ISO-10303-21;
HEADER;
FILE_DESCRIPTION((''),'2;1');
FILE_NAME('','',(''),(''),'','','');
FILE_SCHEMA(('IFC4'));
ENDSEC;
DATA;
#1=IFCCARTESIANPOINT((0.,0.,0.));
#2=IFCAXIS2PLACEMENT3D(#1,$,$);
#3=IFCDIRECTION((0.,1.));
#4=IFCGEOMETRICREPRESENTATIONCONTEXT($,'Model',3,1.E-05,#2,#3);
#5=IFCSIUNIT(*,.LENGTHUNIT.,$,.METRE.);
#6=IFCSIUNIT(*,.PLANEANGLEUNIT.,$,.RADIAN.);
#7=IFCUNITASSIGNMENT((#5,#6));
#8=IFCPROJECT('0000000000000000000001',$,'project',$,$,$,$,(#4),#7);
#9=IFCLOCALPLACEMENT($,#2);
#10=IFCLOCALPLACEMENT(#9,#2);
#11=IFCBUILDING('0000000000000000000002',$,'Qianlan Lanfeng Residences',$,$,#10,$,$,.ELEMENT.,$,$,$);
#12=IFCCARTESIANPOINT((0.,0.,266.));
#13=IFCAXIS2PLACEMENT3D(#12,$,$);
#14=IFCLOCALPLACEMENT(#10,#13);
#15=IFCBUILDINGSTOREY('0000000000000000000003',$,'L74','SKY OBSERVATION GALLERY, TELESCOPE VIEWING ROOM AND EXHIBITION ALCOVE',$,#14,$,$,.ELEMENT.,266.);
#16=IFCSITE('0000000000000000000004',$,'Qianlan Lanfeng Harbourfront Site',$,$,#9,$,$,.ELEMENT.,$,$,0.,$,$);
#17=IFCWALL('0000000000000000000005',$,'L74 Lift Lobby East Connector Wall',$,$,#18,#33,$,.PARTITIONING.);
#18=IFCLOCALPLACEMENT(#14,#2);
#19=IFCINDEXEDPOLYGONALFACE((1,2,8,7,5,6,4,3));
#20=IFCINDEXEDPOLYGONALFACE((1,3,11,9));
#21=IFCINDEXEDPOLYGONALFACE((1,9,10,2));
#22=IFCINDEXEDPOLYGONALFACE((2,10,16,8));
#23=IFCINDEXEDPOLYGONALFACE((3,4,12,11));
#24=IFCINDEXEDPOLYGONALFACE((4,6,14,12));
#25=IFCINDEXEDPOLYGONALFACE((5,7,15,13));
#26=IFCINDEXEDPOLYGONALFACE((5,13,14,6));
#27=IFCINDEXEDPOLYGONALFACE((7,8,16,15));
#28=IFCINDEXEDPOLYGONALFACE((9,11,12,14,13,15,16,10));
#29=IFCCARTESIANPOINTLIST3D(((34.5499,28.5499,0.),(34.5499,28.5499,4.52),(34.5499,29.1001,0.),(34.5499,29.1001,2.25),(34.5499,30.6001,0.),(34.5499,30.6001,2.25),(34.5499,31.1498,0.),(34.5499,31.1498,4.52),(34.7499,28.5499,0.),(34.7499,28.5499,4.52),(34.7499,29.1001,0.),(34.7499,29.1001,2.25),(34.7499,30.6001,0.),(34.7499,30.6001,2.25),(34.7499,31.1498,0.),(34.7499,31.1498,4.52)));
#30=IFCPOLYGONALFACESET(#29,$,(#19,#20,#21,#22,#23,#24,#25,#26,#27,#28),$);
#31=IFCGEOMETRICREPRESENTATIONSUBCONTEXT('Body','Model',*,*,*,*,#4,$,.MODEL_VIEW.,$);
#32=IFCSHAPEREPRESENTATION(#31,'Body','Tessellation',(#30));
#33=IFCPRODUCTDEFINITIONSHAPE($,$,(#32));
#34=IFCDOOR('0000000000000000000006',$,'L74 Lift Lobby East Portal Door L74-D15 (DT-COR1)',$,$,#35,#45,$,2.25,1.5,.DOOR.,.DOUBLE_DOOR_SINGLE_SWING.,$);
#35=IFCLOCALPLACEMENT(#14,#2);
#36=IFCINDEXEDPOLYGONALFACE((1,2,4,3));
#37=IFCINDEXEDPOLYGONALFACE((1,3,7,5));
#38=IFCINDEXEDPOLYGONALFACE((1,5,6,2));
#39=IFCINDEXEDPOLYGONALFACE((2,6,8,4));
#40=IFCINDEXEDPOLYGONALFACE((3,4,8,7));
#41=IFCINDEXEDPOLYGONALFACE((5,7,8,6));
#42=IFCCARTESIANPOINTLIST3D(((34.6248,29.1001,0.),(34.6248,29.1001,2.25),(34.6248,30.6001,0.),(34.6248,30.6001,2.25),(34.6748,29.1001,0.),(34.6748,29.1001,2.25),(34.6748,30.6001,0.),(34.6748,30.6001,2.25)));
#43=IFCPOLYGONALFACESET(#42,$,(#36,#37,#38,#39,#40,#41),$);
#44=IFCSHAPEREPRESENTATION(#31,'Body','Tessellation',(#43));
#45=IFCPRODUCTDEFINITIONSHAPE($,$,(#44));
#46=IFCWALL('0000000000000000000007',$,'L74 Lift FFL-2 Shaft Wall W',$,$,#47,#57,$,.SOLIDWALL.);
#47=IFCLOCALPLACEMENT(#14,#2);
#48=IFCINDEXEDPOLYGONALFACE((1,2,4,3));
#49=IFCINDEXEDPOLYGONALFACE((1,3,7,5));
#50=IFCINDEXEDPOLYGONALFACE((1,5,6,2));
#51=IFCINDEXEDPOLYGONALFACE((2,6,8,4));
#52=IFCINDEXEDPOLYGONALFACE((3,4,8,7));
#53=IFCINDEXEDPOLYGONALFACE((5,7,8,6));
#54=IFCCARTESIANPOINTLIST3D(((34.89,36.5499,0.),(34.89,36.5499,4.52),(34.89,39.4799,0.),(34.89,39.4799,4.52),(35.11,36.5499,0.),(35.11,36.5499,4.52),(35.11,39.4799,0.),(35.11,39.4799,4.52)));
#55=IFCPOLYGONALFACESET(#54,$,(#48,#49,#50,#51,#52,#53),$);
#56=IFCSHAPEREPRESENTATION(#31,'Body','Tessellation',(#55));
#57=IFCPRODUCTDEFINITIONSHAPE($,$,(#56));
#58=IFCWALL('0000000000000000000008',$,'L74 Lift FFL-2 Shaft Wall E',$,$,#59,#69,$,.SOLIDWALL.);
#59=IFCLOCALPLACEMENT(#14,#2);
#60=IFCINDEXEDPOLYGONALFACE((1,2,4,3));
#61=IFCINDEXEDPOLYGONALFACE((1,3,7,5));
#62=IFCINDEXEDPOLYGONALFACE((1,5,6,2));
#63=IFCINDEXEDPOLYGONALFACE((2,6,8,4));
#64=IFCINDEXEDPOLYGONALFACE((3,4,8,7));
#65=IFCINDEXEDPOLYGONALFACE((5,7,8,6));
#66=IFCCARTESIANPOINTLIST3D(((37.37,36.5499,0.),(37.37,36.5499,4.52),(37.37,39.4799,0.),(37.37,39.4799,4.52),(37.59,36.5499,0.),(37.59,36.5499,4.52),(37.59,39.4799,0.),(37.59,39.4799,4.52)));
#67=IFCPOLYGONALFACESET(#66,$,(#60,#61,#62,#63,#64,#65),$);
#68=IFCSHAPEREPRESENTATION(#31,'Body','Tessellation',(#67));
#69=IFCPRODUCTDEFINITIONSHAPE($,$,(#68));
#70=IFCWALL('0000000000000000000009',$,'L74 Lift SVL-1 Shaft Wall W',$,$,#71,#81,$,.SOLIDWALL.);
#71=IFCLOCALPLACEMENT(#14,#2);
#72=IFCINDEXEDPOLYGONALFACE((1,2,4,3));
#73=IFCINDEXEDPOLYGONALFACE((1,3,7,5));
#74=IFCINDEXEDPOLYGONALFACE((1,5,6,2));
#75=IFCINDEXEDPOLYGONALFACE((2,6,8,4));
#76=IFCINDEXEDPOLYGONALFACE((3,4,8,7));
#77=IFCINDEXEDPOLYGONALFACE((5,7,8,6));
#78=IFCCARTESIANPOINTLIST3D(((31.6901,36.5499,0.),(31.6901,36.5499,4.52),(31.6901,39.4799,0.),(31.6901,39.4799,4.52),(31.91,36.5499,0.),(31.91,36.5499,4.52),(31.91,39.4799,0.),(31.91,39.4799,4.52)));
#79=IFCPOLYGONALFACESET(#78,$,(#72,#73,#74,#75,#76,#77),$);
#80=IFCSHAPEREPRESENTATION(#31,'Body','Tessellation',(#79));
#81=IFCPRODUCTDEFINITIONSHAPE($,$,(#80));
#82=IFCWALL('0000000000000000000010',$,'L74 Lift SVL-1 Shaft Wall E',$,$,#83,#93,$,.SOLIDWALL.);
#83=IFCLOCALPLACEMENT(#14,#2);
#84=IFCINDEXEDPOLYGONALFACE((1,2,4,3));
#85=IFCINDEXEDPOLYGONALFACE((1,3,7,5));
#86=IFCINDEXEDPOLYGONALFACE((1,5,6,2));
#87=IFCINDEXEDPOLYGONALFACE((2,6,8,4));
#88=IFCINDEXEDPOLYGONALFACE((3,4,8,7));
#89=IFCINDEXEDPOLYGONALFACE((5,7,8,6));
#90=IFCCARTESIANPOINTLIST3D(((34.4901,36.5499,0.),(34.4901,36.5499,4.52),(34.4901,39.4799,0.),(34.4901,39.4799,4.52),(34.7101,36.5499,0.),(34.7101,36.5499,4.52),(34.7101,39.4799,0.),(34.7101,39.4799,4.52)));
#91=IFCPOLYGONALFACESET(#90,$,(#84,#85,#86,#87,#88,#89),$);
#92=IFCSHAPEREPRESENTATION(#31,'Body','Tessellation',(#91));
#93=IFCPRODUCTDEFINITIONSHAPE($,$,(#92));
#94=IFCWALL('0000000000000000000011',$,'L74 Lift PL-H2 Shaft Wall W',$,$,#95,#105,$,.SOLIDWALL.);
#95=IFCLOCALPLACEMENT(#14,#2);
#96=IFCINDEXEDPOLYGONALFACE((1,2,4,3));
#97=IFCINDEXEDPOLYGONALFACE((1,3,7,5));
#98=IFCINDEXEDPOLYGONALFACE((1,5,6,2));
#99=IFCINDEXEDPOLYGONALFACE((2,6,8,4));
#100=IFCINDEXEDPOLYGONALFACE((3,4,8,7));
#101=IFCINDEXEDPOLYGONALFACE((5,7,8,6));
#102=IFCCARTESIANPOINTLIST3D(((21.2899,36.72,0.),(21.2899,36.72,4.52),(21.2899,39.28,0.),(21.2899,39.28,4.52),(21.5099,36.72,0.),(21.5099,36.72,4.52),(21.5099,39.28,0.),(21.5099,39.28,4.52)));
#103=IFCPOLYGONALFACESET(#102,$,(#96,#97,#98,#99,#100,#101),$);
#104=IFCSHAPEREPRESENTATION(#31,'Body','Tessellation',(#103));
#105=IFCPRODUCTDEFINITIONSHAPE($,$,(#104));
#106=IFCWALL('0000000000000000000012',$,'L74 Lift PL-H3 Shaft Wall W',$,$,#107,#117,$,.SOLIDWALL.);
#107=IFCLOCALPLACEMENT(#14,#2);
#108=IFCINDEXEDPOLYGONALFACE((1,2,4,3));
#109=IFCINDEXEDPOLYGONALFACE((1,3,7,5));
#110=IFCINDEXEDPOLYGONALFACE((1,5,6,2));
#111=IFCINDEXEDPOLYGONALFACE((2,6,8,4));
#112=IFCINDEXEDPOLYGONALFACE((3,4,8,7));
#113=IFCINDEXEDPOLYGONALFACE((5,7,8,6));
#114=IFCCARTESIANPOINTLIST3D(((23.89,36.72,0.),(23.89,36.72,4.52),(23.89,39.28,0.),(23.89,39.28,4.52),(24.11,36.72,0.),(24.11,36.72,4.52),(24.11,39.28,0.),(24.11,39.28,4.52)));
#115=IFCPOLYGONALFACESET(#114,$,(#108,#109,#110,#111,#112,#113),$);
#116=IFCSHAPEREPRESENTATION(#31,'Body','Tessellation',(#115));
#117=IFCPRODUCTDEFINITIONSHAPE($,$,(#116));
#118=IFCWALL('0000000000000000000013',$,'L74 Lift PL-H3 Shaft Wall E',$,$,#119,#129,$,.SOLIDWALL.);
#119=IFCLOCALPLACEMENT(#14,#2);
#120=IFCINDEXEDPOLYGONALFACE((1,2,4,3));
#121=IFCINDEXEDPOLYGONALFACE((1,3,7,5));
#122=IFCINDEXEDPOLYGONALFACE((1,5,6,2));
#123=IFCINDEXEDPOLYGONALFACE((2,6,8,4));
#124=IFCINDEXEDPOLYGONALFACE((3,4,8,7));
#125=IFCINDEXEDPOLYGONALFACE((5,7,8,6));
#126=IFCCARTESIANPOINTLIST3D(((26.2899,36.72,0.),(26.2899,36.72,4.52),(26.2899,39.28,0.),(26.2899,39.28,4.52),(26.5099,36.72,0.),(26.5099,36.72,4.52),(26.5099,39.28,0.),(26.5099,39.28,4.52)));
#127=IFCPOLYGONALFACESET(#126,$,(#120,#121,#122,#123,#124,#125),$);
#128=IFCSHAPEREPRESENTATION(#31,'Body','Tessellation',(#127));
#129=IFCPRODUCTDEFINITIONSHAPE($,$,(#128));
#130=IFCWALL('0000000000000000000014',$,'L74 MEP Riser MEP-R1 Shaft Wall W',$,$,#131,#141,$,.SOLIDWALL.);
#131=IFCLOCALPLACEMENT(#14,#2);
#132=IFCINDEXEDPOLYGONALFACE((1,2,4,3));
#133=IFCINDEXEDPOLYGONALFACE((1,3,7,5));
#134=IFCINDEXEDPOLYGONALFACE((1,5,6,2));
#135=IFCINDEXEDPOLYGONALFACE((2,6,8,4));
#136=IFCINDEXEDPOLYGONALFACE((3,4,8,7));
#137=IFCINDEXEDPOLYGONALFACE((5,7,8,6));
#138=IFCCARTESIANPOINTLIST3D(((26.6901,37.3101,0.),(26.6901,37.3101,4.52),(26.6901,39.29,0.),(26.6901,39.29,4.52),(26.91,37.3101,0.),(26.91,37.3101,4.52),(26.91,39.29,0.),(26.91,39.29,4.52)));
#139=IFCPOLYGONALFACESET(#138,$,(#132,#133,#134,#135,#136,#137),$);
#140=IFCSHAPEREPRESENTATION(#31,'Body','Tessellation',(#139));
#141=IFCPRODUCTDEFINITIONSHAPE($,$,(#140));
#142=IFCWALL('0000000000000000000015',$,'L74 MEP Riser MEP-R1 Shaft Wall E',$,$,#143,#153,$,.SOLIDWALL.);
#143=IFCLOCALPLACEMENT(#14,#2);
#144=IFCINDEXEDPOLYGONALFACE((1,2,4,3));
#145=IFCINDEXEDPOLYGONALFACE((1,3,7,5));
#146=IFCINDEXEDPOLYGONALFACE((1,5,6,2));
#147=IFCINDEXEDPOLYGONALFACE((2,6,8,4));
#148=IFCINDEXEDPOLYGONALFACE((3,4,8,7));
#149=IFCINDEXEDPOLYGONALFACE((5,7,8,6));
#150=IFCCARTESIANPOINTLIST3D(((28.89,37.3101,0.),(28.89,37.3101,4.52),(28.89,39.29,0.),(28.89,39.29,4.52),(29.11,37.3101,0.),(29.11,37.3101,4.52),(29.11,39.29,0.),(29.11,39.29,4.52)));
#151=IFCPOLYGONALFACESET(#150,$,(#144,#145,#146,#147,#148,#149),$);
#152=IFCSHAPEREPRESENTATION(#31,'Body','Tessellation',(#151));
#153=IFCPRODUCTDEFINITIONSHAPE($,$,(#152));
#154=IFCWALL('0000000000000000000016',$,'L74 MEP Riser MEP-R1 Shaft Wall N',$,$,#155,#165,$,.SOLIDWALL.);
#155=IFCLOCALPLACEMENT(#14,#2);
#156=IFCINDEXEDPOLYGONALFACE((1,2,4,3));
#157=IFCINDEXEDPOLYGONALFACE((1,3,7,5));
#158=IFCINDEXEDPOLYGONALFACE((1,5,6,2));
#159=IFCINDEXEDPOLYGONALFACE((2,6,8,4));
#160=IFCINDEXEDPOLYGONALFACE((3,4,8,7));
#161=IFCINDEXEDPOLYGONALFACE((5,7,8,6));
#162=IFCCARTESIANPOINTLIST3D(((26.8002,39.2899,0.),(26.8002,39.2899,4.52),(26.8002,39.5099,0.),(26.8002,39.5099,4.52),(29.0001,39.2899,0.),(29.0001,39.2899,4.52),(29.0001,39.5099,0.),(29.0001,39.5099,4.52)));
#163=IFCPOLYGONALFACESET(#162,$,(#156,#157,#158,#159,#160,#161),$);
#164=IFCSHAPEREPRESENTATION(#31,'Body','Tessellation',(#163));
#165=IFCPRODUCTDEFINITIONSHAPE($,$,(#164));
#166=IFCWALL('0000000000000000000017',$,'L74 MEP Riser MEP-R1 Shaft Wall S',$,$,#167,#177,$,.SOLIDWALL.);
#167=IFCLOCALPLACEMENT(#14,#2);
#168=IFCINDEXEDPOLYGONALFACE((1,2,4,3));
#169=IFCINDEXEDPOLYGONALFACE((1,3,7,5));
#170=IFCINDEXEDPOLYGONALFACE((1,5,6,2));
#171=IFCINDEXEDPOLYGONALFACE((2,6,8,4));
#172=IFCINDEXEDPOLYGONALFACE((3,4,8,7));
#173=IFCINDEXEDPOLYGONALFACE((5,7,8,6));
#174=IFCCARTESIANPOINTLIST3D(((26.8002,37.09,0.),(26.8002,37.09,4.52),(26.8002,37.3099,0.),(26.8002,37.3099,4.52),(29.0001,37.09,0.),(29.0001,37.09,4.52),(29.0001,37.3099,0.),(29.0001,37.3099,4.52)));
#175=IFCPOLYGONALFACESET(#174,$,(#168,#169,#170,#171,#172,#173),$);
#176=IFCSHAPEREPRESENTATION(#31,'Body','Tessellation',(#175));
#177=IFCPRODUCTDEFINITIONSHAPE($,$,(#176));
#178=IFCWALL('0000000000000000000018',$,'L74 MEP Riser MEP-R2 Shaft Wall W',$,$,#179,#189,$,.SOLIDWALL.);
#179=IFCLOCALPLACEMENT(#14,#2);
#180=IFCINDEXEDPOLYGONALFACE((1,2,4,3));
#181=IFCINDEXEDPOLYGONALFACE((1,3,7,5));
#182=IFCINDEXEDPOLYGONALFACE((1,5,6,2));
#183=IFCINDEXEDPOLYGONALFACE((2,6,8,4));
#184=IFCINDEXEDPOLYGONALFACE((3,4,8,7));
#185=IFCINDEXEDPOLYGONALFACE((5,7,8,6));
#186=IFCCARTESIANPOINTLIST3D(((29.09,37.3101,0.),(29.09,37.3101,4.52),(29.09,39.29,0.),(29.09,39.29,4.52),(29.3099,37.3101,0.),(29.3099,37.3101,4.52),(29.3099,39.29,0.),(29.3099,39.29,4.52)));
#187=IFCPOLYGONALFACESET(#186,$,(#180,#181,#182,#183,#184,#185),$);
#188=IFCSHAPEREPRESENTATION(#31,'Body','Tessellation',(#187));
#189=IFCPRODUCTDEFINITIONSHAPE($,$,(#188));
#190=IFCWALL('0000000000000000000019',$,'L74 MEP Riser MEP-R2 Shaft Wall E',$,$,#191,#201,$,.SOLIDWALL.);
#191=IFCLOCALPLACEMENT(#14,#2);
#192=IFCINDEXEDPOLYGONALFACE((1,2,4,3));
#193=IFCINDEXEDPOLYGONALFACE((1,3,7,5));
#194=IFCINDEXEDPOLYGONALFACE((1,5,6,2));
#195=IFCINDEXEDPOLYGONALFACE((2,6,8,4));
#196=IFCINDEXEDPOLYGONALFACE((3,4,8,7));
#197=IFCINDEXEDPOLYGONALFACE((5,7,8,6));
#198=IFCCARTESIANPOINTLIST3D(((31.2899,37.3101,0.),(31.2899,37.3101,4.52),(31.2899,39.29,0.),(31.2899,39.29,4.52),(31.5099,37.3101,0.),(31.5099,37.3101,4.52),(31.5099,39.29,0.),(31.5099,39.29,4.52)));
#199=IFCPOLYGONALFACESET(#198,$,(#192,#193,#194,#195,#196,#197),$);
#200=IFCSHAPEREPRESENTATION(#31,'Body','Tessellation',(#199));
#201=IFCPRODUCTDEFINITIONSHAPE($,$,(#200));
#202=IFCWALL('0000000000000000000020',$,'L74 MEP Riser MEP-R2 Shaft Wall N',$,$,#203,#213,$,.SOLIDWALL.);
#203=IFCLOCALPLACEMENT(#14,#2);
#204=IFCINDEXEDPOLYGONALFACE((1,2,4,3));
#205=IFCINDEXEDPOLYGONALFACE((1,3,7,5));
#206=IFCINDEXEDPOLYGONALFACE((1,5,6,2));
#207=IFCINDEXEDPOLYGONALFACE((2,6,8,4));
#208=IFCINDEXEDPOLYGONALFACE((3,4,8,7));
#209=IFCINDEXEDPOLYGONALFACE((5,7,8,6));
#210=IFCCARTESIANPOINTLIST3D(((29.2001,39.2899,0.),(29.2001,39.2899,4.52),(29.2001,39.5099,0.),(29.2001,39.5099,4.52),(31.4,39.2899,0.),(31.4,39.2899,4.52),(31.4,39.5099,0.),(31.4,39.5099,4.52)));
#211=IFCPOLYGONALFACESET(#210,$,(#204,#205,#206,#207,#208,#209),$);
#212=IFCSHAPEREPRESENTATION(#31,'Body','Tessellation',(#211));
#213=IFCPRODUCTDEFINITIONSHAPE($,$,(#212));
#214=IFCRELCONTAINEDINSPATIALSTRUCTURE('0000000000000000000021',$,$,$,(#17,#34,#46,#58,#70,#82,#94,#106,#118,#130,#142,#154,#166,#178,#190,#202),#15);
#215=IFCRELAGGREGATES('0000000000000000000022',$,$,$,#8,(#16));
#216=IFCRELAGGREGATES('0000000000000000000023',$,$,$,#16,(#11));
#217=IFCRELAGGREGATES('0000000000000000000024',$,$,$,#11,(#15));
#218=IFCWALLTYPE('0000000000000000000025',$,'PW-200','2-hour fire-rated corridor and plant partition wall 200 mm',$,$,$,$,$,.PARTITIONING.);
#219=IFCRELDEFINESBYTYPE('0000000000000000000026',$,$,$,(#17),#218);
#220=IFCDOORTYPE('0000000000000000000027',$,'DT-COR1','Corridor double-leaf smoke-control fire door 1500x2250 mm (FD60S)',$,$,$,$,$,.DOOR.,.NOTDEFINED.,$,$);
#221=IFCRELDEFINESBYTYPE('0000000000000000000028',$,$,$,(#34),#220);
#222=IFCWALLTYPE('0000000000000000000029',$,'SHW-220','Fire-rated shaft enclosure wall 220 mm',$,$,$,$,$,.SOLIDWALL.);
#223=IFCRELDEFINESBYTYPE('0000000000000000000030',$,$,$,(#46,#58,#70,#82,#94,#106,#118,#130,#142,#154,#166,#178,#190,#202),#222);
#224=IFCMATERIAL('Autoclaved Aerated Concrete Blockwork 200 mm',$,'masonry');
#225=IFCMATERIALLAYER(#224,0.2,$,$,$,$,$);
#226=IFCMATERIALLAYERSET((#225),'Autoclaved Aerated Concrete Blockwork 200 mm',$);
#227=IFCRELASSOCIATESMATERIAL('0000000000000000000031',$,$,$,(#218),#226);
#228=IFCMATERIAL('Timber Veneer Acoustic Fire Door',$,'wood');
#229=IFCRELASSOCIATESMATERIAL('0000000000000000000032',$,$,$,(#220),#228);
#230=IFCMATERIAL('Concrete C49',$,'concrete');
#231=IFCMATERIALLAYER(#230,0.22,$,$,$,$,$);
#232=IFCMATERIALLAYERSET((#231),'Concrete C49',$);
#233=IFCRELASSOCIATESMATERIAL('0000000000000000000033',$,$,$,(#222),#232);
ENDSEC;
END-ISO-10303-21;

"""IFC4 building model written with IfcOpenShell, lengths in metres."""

from ifc_helpers import new_model, si_unit, direction, frame, frame_2d, origin, place, context, subcontext, project, spatial, rectangle, extrude, material, layer, layer_set, type_object, element, fill, save


model = new_model("IFC4")

# Units and contexts
model_context = context("Model", 3, precision=1e-05, world=origin(), true_north=direction((0.0, 1.0)))
body_context = subcontext(model_context, "Body", "Model", "MODEL_VIEW")
ifc_project = project(units=[si_unit("LENGTHUNIT", "METRE"), si_unit("PLANEANGLEUNIT", "RADIAN")], contexts=[model_context])

# Site, building, storey
site_placement = place(None, origin())
site = spatial("IfcSite", under=ifc_project, at=site_placement, Name="Qianlan Lanfeng Harbourfront Site", CompositionType="ELEMENT", RefElevation=0.0)
building_placement = place(site_placement, origin())
building = spatial("IfcBuilding", under=site, at=building_placement, Name="Qianlan Lanfeng Residences", CompositionType="ELEMENT")
storey_placement = place(building_placement, frame((0.0, 0.0, 266.0)))
storey = spatial("IfcBuildingStorey", under=building, at=storey_placement, Name="L74", Description="SKY OBSERVATION GALLERY, TELESCOPE VIEWING ROOM AND EXHIBITION ALCOVE", CompositionType="ELEMENT", Elevation=266.0)

# Shared definitions
ifc_material_1 = material(Name="Concrete C49", Category="concrete")

# Wall, opening, door
ifc_material_2 = material(Name="Autoclaved Aerated Concrete Blockwork 200 mm", Category="masonry")
ifc_layer_1 = layer(ifc_material_2, 0.2)
ifc_layer_set_1 = layer_set([ifc_layer_1], Name="Autoclaved Aerated Concrete Blockwork 200 mm")
wall_type_1 = type_object("IfcWallType", Name="PW-200", Description="2-hour fire-rated corridor and plant partition wall 200 mm", PredefinedType="PARTITIONING", material=ifc_layer_set_1)
wall_1_placement = place(storey_placement, frame((34.6499, 28.55, 0.0), z_axis=(0.0, 0.0, 1.0), x_axis=(0.0, 1.0, 0.0)))
wall_1 = element("IfcWall", 1, at=wall_1_placement, inside=storey, type_object=wall_type_1, Name="L74 Lift Lobby East Connector Wall", PredefinedType="PARTITIONING", context=body_context, shape_type="SweptSolid", body=[
    extrude(rectangle(XDim=2.5999, YDim=0.2, at=frame_2d((1.2998, 0.0))), origin(), (0.0, 0.0, 1.0), 4.52),
])
opening_1_placement = place(wall_1_placement, frame((0.55, 0.0, 0.0)))
opening_1 = element("IfcOpeningElement", 2, at=opening_1_placement, cuts=wall_1, PredefinedType="OPENING", context=body_context, shape_type="SweptSolid", body=[
    extrude(rectangle(XDim=1.5, YDim=2.25, at=frame_2d((0.75, 1.125))), frame((0.0, 0.1099, 0.0), z_axis=(0.0, -1.0, 0.0), x_axis=(1.0, 0.0, 0.0)), (0.0, 0.0, 1.0), 0.22),
])
ifc_material_3 = material(Name="Timber Veneer Acoustic Fire Door", Category="wood")
door_type_1 = type_object("IfcDoorType", Name="DT-COR1", Description="Corridor double-leaf smoke-control fire door 1500x2250 mm (FD60S)", OperationType="NOTDEFINED", PredefinedType="DOOR", material=ifc_material_3)
door_1_placement = place(opening_1_placement, frame((1.5, 0.0, 0.0), z_axis=(0.0, 0.0, 1.0), x_axis=(-1.0, 0.0, 0.0)))
door_1 = element("IfcDoor", 3, at=door_1_placement, inside=storey, type_object=door_type_1, Name="L74 Lift Lobby East Portal Door L74-D15 (DT-COR1)", OperationType="DOUBLE_DOOR_SINGLE_SWING", OverallHeight=2.25, OverallWidth=1.5, PredefinedType="DOOR", context=body_context, shape_type="SweptSolid", body=[
    extrude(rectangle(XDim=1.5, YDim=2.25, at=frame_2d((0.75, 1.125))), frame((0.0, 0.0249, 0.0), z_axis=(0.0, -1.0, 0.0), x_axis=(1.0, 0.0, 0.0)), (0.0, 0.0, 1.0), 0.05),
])
fill(opening_1, door_1)

# Walls
ifc_layer_2 = layer(ifc_material_1, 0.22)
ifc_layer_set_2 = layer_set([ifc_layer_2], Name="Concrete C49")
wall_type_2 = type_object("IfcWallType", Name="SHW-220", Description="Fire-rated shaft enclosure wall 220 mm", PredefinedType="SOLIDWALL", material=ifc_layer_set_2)
for number, where, z_axis, x_axis, name in (
    (4, (35.0, 36.55, 0.0), (0.0, 0.0, 1.0), (0.0, 1.0, 0.0), "L74 Lift FFL-2 Shaft Wall W"),
    (5, (37.48, 36.55, 0.0), (0.0, 0.0, 1.0), (0.0, 1.0, 0.0), "L74 Lift FFL-2 Shaft Wall E"),
    (6, (31.8, 36.55, 0.0), (0.0, 0.0, 1.0), (0.0, 1.0, 0.0), "L74 Lift SVL-1 Shaft Wall W"),
    (7, (34.6001, 36.55, 0.0), (0.0, 0.0, 1.0), (0.0, 1.0, 0.0), "L74 Lift SVL-1 Shaft Wall E"),
):
    element("IfcWall", number, at=place(storey_placement, frame(where, z_axis=z_axis, x_axis=x_axis)), inside=storey, type_object=wall_type_2, Name=name, PredefinedType="SOLIDWALL", context=body_context, shape_type="SweptSolid", body=[
        extrude(rectangle(XDim=2.9299, YDim=0.22, at=frame_2d((1.4648, 0.0))), origin(), (0.0, 0.0, 1.0), 4.52),
    ])
for number, where, z_axis, x_axis, name in (
    (8, (21.3999, 36.72, 0.0), (0.0, 0.0, 1.0), (0.0, 1.0, 0.0), "L74 Lift PL-H2 Shaft Wall W"),
    (9, (24.0, 36.72, 0.0), (0.0, 0.0, 1.0), (0.0, 1.0, 0.0), "L74 Lift PL-H3 Shaft Wall W"),
    (10, (26.3999, 36.72, 0.0), (0.0, 0.0, 1.0), (0.0, 1.0, 0.0), "L74 Lift PL-H3 Shaft Wall E"),
):
    element("IfcWall", number, at=place(storey_placement, frame(where, z_axis=z_axis, x_axis=x_axis)), inside=storey, type_object=wall_type_2, Name=name, PredefinedType="SOLIDWALL", context=body_context, shape_type="SweptSolid", body=[
        extrude(rectangle(XDim=2.5601, YDim=0.22, at=frame_2d((1.28, 0.0))), origin(), (0.0, 0.0, 1.0), 4.52),
    ])
for number, where, z_axis, x_axis, name in (
    (11, (26.8, 37.3101, 0.0), (0.0, 0.0, 1.0), (0.0, 1.0, 0.0), "L74 MEP Riser MEP-R1 Shaft Wall W"),
    (12, (29.0, 37.3101, 0.0), (0.0, 0.0, 1.0), (0.0, 1.0, 0.0), "L74 MEP Riser MEP-R1 Shaft Wall E"),
):
    element("IfcWall", number, at=place(storey_placement, frame(where, z_axis=z_axis, x_axis=x_axis)), inside=storey, type_object=wall_type_2, Name=name, PredefinedType="SOLIDWALL", context=body_context, shape_type="SweptSolid", body=[
        extrude(rectangle(XDim=1.98, YDim=0.22, at=frame_2d((0.99, 0.0))), origin(), (0.0, 0.0, 1.0), 4.52),
    ])
for number, where, z_axis, x_axis, name in (
    (13, (26.8, 39.3999, 0.0), (0.0, 0.0, 1.0), (1.0, 0.0, 0.0), "L74 MEP Riser MEP-R1 Shaft Wall N"),
    (14, (26.8, 37.2, 0.0), (0.0, 0.0, 1.0), (1.0, 0.0, 0.0), "L74 MEP Riser MEP-R1 Shaft Wall S"),
):
    element("IfcWall", number, at=place(storey_placement, frame(where, z_axis=z_axis, x_axis=x_axis)), inside=storey, type_object=wall_type_2, Name=name, PredefinedType="SOLIDWALL", context=body_context, shape_type="SweptSolid", body=[
        extrude(rectangle(XDim=2.2, YDim=0.22, at=frame_2d((1.1001, 0.0))), origin(), (0.0, 0.0, 1.0), 4.52),
    ])
for number, where, z_axis, x_axis, name in (
    (15, (29.2, 37.3101, 0.0), (0.0, 0.0, 1.0), (0.0, 1.0, 0.0), "L74 MEP Riser MEP-R2 Shaft Wall W"),
    (16, (31.3999, 37.3101, 0.0), (0.0, 0.0, 1.0), (0.0, 1.0, 0.0), "L74 MEP Riser MEP-R2 Shaft Wall E"),
):
    element("IfcWall", number, at=place(storey_placement, frame(where, z_axis=z_axis, x_axis=x_axis)), inside=storey, type_object=wall_type_2, Name=name, PredefinedType="SOLIDWALL", context=body_context, shape_type="SweptSolid", body=[
        extrude(rectangle(XDim=1.98, YDim=0.22, at=frame_2d((0.99, 0.0))), origin(), (0.0, 0.0, 1.0), 4.52),
    ])
for number, where, z_axis, x_axis, name in (
    (17, (29.2, 39.3999, 0.0), (0.0, 0.0, 1.0), (1.0, 0.0, 0.0), "L74 MEP Riser MEP-R2 Shaft Wall N"),
):
    element("IfcWall", number, at=place(storey_placement, frame(where, z_axis=z_axis, x_axis=x_axis)), inside=storey, type_object=wall_type_2, Name=name, PredefinedType="SOLIDWALL", context=body_context, shape_type="SweptSolid", body=[
        extrude(rectangle(XDim=2.2, YDim=0.22, at=frame_2d((1.1001, 0.0))), origin(), (0.0, 0.0, 1.0), 4.52),
    ])

save(model, "model.ifc")
